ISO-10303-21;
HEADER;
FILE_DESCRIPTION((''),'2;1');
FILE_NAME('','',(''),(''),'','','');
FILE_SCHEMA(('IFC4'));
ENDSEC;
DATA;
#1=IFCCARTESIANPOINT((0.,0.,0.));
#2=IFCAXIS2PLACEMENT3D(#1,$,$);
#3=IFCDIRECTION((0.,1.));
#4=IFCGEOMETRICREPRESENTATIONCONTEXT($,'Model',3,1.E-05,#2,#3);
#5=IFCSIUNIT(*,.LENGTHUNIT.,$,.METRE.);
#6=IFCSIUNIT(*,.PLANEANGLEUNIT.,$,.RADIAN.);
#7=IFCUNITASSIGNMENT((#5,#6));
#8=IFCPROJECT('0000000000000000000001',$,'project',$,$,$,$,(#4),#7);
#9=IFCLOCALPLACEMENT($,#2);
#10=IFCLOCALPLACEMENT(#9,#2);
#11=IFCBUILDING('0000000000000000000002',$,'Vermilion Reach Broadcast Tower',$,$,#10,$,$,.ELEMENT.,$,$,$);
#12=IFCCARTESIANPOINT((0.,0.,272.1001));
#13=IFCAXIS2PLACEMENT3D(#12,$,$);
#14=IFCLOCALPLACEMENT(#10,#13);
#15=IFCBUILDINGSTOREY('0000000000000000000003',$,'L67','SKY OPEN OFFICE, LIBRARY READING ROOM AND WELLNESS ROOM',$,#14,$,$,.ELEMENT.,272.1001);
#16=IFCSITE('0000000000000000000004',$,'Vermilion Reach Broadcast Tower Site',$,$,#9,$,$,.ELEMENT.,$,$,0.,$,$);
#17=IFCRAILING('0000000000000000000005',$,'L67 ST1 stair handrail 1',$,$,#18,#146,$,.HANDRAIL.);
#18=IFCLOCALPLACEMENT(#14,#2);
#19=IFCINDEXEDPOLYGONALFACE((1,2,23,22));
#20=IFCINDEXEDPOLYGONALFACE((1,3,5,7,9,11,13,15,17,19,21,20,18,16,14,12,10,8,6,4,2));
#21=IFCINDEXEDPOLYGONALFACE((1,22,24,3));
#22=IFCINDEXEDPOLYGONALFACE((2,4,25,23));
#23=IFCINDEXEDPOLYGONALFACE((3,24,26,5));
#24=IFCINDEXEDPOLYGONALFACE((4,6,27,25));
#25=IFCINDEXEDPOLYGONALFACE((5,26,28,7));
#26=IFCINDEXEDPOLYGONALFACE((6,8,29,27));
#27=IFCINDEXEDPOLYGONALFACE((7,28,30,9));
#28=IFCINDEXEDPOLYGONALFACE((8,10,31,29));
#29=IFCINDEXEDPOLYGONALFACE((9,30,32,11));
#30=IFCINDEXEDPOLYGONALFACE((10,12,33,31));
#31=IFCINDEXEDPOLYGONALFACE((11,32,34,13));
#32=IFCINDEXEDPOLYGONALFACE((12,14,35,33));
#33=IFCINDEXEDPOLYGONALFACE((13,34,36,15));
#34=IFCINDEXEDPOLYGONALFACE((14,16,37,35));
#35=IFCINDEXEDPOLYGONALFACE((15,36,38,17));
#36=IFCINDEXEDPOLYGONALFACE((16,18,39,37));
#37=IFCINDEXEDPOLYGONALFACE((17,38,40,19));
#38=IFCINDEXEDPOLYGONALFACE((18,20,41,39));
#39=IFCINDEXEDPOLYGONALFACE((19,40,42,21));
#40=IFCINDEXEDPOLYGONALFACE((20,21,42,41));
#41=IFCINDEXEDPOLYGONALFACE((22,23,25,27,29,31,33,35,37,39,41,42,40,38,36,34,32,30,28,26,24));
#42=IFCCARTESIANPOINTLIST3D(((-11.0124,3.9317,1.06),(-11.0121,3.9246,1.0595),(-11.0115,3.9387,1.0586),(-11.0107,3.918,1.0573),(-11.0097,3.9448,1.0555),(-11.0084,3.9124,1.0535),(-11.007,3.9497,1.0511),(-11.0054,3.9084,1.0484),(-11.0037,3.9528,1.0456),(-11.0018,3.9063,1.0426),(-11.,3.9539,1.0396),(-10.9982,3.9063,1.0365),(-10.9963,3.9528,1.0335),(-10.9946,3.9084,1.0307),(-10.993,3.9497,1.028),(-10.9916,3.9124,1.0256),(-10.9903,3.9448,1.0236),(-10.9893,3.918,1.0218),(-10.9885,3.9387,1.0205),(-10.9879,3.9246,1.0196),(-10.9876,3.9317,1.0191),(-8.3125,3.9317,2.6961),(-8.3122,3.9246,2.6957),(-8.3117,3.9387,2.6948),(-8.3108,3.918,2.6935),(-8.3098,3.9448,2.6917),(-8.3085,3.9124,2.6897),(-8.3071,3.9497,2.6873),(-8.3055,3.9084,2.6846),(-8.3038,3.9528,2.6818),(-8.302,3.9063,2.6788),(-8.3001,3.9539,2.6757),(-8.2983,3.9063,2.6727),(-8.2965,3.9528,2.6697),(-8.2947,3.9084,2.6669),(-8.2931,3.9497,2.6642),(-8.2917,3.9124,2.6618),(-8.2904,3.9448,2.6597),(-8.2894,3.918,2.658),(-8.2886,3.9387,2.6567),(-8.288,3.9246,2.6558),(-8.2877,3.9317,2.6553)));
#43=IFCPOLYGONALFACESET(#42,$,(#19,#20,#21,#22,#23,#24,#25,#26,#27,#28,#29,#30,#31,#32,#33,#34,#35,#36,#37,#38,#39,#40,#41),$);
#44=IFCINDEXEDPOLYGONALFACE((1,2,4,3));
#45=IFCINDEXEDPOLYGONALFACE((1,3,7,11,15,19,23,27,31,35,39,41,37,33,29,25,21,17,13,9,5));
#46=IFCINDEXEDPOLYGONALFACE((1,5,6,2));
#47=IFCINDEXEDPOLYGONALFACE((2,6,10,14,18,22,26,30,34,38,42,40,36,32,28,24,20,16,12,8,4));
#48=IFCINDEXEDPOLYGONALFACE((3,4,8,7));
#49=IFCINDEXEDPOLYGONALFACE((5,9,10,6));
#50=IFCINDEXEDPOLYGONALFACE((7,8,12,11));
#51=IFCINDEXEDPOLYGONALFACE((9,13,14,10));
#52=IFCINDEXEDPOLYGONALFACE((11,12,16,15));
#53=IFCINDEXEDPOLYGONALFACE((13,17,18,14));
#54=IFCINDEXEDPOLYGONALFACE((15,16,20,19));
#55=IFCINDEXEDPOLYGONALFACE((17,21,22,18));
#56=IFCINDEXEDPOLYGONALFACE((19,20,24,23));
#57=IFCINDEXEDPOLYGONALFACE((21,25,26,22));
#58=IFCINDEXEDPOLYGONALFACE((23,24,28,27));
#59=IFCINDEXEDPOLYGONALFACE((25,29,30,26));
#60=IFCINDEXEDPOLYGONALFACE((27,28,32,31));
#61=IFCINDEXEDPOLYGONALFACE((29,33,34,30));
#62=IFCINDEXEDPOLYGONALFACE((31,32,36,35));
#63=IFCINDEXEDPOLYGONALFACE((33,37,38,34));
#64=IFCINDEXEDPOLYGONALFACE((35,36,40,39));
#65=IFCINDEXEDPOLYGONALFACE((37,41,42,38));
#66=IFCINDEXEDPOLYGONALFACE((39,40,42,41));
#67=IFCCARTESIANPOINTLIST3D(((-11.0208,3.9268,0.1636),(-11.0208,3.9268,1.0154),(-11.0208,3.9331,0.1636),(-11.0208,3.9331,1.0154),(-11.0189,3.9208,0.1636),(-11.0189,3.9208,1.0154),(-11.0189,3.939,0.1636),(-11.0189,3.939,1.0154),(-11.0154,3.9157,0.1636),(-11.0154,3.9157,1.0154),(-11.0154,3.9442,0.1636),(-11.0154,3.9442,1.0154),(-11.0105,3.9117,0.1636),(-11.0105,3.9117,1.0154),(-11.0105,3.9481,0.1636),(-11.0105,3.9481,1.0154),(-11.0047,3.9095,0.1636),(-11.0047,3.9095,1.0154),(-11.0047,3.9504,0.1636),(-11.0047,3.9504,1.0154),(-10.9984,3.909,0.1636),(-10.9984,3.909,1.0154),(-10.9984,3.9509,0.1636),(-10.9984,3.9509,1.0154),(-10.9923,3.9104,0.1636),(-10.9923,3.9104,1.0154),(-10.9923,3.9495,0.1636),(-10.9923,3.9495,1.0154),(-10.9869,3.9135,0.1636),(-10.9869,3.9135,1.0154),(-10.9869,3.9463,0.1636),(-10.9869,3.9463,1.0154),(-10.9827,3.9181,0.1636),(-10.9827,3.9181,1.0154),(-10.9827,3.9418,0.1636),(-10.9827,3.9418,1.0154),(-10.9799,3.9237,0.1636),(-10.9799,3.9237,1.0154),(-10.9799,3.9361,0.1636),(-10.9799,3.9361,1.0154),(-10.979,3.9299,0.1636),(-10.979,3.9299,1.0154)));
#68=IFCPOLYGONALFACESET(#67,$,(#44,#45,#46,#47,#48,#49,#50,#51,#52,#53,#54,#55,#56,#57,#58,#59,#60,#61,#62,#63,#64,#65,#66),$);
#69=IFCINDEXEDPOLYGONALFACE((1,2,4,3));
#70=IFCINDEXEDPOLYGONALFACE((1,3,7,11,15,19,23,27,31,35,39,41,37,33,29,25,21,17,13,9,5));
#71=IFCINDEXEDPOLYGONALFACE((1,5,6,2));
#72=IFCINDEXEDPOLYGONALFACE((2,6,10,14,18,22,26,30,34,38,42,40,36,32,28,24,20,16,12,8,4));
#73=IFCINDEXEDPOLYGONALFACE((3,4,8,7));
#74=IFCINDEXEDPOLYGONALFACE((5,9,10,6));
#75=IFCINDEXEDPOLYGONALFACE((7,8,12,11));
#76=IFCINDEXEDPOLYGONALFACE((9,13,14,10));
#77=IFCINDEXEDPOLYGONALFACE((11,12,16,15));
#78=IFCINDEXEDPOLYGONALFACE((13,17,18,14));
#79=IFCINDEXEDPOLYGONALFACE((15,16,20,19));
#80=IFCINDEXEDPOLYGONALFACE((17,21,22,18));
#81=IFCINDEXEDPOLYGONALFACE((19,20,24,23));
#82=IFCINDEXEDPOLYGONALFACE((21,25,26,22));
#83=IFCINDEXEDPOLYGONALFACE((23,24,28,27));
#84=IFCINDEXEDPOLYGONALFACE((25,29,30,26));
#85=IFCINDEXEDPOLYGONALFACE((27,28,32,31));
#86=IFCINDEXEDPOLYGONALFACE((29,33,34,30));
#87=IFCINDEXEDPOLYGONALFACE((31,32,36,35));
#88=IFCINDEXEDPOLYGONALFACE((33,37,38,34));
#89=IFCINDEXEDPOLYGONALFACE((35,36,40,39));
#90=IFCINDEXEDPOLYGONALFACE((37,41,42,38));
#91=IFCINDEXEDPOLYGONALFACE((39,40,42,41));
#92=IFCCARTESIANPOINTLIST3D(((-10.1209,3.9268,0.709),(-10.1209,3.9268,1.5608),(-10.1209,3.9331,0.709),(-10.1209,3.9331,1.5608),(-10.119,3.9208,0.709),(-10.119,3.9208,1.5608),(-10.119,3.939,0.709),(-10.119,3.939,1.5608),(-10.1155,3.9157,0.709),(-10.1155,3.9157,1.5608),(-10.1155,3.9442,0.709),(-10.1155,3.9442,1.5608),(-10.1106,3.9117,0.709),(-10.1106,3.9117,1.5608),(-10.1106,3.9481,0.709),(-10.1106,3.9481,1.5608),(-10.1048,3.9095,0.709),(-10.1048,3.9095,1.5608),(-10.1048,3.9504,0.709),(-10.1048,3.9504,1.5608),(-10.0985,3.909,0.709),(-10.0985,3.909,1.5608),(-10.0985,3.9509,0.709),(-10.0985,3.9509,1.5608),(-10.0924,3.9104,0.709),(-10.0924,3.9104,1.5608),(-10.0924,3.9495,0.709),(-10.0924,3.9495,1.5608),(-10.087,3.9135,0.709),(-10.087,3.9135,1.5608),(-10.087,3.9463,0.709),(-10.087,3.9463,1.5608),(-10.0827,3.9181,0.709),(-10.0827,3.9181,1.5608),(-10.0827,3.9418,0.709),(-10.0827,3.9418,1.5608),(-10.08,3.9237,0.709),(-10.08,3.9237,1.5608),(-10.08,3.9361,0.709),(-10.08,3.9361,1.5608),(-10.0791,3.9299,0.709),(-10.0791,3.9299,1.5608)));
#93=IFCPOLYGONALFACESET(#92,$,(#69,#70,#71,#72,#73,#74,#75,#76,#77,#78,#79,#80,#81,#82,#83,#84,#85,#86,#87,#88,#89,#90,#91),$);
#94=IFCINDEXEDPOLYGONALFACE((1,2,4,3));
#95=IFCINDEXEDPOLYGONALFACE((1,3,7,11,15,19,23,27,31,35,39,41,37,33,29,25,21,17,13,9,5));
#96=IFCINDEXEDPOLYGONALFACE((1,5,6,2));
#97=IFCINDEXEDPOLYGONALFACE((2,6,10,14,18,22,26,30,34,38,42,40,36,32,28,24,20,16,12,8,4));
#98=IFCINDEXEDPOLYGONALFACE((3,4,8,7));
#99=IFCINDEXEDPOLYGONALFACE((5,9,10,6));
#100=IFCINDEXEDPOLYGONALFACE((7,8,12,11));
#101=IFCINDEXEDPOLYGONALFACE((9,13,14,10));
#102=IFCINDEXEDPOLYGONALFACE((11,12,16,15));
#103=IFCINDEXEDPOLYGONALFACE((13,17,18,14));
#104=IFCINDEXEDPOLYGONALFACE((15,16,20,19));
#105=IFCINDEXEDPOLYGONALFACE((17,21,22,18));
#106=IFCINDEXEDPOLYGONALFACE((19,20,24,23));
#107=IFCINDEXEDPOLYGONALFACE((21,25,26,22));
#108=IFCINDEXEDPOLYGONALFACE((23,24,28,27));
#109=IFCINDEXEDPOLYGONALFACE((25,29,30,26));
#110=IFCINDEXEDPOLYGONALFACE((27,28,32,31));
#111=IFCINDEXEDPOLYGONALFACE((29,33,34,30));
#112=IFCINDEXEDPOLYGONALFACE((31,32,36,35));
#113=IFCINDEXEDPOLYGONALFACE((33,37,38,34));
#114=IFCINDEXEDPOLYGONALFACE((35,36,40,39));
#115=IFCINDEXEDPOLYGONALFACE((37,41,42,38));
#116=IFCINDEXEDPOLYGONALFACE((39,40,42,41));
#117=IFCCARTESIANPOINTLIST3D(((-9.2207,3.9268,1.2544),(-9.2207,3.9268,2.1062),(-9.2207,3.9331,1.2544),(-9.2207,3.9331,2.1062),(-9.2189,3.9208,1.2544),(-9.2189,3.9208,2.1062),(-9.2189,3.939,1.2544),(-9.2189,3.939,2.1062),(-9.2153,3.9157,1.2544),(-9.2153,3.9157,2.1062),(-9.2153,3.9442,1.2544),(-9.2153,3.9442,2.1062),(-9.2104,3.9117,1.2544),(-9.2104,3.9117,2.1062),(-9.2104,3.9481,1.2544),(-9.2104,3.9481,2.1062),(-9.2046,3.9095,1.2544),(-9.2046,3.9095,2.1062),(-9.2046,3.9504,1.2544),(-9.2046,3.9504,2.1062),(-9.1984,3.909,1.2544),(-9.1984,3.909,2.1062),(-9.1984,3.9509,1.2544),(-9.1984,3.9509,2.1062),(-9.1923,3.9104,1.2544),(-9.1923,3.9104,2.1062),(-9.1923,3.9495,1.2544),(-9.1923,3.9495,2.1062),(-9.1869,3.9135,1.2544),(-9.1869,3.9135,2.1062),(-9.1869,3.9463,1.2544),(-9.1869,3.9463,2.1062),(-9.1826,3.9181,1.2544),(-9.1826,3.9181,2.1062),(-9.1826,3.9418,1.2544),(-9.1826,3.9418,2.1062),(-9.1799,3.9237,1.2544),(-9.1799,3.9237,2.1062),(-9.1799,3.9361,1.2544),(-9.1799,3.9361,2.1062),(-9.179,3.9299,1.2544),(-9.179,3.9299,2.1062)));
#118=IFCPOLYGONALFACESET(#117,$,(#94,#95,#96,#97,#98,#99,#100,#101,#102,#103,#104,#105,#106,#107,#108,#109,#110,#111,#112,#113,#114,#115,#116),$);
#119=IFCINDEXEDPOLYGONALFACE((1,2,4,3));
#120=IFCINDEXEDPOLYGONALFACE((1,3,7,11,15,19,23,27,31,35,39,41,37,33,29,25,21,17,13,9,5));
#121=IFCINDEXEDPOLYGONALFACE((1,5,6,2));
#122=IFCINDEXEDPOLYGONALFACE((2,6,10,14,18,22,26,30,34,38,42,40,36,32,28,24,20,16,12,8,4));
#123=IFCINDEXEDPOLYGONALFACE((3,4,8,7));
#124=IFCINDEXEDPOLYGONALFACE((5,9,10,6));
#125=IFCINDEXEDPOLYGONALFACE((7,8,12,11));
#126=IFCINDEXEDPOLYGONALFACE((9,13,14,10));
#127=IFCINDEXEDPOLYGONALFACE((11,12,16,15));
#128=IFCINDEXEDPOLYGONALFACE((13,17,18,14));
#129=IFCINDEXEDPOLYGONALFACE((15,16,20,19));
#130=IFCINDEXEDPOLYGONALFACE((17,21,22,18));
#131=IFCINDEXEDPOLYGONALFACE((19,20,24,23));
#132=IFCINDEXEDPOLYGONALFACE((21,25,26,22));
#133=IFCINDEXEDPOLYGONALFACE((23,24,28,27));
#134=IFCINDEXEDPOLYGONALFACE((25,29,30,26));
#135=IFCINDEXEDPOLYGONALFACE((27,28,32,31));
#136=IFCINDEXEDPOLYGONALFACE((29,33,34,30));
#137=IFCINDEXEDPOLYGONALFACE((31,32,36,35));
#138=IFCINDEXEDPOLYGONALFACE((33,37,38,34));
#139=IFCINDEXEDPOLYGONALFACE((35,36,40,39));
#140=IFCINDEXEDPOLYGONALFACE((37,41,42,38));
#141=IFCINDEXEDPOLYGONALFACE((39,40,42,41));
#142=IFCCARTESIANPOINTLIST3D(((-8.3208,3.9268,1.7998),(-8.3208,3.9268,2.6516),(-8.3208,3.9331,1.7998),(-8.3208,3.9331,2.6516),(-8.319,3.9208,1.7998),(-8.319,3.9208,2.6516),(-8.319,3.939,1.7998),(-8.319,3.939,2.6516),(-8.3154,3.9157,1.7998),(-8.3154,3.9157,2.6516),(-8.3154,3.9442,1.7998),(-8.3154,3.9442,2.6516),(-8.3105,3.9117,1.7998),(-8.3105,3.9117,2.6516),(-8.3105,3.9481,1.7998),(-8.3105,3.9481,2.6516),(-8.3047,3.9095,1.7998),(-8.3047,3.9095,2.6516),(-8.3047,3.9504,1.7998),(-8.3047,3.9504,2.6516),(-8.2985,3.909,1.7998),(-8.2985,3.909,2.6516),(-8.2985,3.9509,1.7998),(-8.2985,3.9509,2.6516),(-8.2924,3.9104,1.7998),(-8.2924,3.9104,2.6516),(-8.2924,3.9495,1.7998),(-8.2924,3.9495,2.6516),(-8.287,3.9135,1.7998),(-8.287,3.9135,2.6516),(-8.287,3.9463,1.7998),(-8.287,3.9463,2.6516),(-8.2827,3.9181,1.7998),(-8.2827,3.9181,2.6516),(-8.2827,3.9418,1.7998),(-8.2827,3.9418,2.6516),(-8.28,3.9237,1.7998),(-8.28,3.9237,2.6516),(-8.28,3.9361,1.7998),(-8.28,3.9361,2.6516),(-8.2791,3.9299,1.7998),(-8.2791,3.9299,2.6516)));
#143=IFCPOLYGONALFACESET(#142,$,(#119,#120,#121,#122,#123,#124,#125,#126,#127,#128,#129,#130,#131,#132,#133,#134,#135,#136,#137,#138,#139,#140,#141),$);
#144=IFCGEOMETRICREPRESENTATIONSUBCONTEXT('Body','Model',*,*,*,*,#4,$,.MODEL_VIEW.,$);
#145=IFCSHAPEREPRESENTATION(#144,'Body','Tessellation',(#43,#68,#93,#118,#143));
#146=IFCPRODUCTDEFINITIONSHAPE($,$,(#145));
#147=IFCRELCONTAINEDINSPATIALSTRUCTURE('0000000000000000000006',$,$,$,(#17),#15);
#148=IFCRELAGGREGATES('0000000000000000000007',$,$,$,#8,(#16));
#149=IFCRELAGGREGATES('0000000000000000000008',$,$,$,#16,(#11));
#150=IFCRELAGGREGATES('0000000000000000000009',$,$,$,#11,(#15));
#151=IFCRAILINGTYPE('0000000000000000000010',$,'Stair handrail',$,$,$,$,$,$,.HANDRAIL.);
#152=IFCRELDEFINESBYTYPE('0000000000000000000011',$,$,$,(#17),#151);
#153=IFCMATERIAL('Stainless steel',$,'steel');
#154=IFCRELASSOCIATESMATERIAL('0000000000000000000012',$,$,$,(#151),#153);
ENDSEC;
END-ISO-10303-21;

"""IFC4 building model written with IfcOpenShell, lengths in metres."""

from ifc_helpers import new_model, si_unit, direction, frame, origin, origin_2d, place, context, subcontext, project, spatial, circle, extrude, material, type_object, element, save


model = new_model("IFC4")

# Units and contexts
model_context = context("Model", 3, precision=1e-05, world=origin(), true_north=direction((0.0, 1.0)))
body_context = subcontext(model_context, "Body", "Model", "MODEL_VIEW")
ifc_project = project(units=[si_unit("LENGTHUNIT", "METRE"), si_unit("PLANEANGLEUNIT", "RADIAN")], contexts=[model_context])

# Site, building, storey
site_placement = place(None, origin())
site = spatial("IfcSite", under=ifc_project, at=site_placement, Name="Vermilion Reach Broadcast Tower Site", CompositionType="ELEMENT", RefElevation=0.0)
building_placement = place(site_placement, origin())
building = spatial("IfcBuilding", under=site, at=building_placement, Name="Vermilion Reach Broadcast Tower", CompositionType="ELEMENT")
storey_placement = place(building_placement, frame((0.0, 0.0, 272.1001)))
storey = spatial("IfcBuildingStorey", under=building, at=storey_placement, Name="L67", Description="SKY OPEN OFFICE, LIBRARY READING ROOM AND WELLNESS ROOM", CompositionType="ELEMENT", Elevation=272.1001)

# Railing
ifc_material_1 = material(Name="Stainless steel", Category="steel")
railing_type_1 = type_object("IfcRailingType", Name="Stair handrail", PredefinedType="HANDRAIL", material=ifc_material_1)
railing_1_placement = place(storey_placement, frame((-11.0, 3.9299, 0.1636)))
element("IfcRailing", 1, at=railing_1_placement, inside=storey, type_object=railing_type_1, Name="L67 ST1 stair handrail 1", PredefinedType="HANDRAIL", context=body_context, shape_type="SweptSolid", body=[
    extrude(circle(Radius=0.0239, at=origin_2d()), frame((0.0, 0.0, 0.876), z_axis=(0.855212, 0.0, 0.518278), x_axis=(0.0, 1.0, 0.0)), (0.0, 0.0, 1.0), 3.157),
    extrude(circle(Radius=0.021, at=origin_2d()), origin(), (0.0, 0.0, 1.0), 0.8518),
    extrude(circle(Radius=0.021, at=origin_2d()), frame((0.8999, 0.0, 0.5454)), (0.0, 0.0, 1.0), 0.8518),
    extrude(circle(Radius=0.021, at=origin_2d()), frame((1.8, 0.0, 1.0908)), (0.0, 0.0, 1.0), 0.8518),
    extrude(circle(Radius=0.021, at=origin_2d()), frame((2.7, 0.0, 1.6362)), (0.0, 0.0, 1.0), 0.8518),
])

save(model, "model.ifc")
